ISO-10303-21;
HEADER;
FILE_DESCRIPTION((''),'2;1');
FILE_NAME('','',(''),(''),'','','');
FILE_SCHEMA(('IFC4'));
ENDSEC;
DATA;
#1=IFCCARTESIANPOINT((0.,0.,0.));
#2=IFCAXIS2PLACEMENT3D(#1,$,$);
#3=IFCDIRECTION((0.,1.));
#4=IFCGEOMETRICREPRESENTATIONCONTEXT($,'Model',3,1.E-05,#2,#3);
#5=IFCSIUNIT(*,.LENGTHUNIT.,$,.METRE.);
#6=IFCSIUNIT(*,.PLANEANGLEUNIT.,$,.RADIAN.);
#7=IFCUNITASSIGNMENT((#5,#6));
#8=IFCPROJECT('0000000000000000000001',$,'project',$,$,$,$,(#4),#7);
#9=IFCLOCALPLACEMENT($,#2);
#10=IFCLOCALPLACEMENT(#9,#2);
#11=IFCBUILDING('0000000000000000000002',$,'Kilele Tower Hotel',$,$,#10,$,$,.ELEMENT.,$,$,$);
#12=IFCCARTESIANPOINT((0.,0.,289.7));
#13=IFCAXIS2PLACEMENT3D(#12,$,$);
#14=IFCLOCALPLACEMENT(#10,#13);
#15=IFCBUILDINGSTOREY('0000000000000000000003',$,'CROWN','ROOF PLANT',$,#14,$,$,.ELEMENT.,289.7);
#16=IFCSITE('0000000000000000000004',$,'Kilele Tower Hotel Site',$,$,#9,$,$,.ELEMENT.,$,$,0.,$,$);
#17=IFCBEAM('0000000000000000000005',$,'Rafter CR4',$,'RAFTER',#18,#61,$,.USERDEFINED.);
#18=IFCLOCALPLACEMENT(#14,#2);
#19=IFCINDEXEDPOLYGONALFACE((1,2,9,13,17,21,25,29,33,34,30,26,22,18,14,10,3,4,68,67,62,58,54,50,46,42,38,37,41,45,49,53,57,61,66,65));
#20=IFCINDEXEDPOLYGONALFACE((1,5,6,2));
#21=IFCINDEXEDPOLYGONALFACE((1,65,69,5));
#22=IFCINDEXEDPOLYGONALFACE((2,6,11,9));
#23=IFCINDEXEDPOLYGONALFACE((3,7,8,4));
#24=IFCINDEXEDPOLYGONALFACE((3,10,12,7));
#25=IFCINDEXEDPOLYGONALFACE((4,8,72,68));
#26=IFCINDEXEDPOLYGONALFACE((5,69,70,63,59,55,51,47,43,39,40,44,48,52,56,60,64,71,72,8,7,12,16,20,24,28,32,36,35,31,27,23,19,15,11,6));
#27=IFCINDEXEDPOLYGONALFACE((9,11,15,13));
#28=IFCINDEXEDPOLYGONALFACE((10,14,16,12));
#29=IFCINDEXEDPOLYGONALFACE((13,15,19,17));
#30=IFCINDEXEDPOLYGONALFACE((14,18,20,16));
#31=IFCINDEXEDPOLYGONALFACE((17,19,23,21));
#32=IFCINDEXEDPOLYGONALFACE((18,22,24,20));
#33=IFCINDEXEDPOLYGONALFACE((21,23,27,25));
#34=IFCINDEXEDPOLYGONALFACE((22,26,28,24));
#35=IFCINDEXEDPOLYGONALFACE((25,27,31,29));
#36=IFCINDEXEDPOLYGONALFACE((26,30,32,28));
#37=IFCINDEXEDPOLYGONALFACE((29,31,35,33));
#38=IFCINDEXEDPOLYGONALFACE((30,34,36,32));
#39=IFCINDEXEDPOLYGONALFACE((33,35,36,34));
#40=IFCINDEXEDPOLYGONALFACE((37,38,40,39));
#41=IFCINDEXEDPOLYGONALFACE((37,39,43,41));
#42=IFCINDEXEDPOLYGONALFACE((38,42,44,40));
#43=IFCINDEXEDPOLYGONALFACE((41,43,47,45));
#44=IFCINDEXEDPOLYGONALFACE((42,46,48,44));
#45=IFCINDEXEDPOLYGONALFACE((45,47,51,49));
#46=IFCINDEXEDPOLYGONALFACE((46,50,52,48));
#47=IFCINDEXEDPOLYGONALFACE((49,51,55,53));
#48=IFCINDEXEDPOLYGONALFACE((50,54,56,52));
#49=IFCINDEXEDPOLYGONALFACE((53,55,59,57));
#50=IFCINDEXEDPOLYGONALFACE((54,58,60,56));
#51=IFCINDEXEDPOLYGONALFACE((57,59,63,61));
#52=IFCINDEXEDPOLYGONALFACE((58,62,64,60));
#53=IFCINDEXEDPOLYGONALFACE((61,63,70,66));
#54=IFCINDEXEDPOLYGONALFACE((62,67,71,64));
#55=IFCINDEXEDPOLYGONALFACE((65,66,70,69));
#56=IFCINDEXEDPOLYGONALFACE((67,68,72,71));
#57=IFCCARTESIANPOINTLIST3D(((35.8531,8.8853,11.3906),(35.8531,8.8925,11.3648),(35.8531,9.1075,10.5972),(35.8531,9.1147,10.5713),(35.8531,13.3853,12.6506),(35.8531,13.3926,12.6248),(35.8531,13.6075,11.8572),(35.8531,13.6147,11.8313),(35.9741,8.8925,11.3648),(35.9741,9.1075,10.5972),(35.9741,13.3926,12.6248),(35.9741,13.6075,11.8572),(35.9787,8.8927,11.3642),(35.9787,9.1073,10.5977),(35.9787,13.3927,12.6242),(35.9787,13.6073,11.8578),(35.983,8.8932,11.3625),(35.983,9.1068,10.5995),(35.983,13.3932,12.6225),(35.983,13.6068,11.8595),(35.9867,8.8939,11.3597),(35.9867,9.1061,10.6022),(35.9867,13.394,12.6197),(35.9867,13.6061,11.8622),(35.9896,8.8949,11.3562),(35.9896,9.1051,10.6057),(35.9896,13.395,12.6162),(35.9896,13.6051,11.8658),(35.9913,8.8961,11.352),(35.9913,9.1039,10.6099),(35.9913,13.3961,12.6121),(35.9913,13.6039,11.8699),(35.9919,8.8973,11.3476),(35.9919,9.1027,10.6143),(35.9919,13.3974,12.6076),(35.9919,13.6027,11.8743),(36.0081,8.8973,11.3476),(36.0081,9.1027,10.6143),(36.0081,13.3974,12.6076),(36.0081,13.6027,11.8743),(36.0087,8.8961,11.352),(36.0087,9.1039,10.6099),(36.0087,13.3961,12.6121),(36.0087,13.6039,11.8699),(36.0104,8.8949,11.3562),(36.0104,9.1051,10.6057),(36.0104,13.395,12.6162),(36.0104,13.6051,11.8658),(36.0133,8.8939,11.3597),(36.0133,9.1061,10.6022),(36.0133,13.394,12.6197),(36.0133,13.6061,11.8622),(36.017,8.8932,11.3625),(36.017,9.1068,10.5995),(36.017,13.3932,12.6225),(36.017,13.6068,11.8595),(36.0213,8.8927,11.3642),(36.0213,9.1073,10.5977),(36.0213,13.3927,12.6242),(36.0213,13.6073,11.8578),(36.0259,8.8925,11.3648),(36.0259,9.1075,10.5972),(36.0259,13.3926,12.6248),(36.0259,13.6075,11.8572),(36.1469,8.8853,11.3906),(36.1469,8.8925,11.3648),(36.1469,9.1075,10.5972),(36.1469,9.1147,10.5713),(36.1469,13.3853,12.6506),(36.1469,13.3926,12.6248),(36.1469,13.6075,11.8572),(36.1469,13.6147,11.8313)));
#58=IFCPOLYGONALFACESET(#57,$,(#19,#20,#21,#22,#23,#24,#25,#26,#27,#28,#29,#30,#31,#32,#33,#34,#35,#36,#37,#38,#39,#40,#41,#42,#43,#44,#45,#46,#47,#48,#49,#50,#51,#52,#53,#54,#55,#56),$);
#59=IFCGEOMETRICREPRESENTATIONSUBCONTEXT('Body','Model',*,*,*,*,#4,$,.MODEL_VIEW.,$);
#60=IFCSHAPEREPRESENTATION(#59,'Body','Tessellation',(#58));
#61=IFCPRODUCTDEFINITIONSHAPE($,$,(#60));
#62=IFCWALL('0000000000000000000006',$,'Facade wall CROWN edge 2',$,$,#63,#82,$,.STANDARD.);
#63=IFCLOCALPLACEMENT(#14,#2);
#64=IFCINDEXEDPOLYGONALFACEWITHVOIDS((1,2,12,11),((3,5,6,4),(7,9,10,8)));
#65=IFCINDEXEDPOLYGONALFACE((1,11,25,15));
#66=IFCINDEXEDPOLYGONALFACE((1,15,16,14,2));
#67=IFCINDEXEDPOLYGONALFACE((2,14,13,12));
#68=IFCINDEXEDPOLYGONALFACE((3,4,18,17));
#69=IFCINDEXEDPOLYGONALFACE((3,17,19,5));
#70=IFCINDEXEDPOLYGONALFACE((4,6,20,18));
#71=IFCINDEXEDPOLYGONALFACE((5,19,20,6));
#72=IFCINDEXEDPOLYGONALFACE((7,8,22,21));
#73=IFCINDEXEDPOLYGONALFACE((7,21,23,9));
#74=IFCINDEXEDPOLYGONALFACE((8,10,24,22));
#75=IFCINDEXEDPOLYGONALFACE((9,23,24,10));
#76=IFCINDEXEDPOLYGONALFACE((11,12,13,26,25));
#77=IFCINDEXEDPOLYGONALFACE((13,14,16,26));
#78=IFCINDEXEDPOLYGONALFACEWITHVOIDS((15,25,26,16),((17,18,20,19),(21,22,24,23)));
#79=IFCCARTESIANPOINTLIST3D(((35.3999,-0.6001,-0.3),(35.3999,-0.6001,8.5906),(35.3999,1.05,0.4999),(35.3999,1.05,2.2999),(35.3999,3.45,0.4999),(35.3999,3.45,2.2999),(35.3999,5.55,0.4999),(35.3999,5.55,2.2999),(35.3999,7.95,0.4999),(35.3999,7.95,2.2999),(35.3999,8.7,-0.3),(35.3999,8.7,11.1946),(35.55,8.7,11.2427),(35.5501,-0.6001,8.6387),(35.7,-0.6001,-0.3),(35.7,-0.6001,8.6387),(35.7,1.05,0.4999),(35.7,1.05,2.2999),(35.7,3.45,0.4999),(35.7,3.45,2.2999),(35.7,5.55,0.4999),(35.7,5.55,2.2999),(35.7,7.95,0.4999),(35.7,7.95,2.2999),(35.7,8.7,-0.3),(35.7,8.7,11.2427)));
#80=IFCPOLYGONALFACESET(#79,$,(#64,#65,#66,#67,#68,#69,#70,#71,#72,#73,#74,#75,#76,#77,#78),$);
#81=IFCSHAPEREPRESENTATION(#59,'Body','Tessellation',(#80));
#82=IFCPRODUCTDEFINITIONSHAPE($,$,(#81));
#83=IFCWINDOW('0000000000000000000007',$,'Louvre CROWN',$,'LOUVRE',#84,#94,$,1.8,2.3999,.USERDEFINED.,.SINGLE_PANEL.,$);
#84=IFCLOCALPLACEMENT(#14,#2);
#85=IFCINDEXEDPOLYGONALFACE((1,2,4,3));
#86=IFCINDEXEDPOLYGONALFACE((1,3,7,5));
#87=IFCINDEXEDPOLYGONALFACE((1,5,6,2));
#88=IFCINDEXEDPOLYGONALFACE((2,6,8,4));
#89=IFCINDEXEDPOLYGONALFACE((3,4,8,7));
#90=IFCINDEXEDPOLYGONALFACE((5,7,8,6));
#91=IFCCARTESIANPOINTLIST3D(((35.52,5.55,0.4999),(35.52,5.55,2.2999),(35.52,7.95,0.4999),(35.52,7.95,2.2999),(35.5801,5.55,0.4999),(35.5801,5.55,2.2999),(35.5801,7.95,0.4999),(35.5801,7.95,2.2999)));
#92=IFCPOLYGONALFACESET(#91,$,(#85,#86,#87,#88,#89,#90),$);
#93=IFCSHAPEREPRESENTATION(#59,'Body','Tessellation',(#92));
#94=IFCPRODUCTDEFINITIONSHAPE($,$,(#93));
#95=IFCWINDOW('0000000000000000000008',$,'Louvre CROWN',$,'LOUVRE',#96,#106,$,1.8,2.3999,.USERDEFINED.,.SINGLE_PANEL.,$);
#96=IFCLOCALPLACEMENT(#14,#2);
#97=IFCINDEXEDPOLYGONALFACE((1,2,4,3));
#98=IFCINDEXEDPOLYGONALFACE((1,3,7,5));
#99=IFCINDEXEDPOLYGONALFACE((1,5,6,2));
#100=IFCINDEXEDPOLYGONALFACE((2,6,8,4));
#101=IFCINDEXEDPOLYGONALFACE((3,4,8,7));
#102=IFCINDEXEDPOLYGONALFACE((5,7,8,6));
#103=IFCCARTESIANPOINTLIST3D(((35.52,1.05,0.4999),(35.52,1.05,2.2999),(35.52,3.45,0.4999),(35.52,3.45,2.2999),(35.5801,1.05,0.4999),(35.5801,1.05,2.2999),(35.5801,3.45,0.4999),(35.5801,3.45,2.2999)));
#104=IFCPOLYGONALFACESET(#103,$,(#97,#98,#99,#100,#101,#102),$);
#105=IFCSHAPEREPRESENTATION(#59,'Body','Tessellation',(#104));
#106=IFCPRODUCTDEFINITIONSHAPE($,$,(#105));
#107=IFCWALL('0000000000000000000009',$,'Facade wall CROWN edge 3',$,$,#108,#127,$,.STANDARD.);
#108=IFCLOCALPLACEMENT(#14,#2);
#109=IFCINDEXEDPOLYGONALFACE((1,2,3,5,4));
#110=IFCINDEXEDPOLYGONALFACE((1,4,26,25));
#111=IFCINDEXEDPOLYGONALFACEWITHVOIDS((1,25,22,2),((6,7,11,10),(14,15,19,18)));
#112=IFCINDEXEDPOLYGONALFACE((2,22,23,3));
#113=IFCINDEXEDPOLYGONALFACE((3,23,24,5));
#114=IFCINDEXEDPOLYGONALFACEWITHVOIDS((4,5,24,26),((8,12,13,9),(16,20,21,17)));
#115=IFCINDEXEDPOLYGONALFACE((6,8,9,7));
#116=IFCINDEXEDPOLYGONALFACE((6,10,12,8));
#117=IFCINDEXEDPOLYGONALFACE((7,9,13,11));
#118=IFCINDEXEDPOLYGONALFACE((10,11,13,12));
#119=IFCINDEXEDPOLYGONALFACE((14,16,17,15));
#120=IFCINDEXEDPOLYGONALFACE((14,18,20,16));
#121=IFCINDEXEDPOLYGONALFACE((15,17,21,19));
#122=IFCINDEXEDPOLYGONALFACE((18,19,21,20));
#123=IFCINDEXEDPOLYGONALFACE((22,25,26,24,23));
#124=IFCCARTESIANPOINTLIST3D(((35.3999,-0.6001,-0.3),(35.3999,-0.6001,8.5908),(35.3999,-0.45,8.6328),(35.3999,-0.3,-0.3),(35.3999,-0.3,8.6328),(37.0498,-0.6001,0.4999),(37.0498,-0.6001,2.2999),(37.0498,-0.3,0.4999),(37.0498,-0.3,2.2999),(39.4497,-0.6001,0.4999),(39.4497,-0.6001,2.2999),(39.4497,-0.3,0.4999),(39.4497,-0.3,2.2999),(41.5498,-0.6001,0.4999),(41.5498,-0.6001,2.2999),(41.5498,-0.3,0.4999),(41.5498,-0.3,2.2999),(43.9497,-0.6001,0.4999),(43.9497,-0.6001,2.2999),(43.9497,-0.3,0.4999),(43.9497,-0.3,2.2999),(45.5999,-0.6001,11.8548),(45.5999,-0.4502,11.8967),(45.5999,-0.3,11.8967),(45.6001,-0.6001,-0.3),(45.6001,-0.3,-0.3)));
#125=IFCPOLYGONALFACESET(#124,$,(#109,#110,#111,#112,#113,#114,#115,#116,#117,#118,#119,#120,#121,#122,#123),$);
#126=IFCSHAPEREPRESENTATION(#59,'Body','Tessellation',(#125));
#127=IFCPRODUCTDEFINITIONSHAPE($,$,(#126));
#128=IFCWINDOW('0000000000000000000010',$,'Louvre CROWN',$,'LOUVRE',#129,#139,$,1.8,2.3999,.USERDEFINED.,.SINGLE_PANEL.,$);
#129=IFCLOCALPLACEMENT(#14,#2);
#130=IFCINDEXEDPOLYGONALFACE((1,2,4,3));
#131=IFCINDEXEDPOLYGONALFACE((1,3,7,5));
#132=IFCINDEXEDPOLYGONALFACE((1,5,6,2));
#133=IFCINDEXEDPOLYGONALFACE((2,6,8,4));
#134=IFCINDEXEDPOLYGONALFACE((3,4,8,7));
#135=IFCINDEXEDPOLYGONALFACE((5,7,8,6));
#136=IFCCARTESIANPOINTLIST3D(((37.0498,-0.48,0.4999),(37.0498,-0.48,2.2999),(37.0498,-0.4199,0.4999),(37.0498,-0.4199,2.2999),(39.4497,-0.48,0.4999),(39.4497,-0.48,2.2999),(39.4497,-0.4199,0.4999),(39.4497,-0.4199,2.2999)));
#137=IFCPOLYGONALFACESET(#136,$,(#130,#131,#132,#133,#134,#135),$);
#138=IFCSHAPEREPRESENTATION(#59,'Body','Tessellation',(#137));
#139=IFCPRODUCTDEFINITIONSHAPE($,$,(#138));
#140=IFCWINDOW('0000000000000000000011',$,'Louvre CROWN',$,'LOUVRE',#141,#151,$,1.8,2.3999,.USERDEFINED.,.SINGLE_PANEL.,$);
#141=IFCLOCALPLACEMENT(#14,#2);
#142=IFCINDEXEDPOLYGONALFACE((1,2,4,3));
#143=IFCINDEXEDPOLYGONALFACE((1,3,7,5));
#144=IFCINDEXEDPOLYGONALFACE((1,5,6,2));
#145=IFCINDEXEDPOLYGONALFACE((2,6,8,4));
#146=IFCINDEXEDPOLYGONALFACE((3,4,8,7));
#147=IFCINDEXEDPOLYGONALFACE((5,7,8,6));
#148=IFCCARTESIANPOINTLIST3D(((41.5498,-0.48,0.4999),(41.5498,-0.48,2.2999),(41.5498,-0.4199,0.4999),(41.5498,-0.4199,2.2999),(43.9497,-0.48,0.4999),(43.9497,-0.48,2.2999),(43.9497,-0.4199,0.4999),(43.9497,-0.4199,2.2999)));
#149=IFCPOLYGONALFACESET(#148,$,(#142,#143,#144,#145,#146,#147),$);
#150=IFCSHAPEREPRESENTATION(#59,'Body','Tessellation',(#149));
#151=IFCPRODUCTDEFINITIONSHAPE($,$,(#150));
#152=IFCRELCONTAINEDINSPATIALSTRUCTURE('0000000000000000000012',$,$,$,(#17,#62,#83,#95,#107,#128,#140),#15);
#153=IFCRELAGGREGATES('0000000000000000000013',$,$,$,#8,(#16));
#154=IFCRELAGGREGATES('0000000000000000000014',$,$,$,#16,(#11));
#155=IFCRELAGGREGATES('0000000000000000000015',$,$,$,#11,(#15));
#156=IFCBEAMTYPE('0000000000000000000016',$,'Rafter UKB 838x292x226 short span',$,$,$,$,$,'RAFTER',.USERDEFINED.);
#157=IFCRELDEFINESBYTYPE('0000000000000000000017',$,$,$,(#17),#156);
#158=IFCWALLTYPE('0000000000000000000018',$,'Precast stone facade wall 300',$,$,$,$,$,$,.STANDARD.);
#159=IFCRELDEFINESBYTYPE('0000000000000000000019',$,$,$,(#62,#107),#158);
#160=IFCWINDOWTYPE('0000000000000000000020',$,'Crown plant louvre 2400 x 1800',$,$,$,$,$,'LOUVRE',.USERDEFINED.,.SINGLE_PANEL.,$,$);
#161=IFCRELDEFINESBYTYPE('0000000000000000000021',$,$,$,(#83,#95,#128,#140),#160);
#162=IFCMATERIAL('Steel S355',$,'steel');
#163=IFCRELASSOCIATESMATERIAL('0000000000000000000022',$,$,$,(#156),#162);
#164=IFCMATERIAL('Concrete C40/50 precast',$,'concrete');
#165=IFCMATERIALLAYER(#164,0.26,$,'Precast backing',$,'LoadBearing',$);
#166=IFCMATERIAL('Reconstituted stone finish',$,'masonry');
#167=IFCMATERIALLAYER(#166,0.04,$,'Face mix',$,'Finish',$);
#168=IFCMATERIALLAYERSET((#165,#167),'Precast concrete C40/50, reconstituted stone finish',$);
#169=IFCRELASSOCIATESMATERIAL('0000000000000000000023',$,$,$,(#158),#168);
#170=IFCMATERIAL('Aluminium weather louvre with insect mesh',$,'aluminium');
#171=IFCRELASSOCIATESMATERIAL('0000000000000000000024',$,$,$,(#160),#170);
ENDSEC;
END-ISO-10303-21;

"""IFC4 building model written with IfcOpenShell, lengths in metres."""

from ifc_helpers import new_model, si_unit, direction, frame, frame_2d, origin, origin_2d, place, context, subcontext, project, spatial, polyline, rectangle, i_section, outline, extrude, clip, halfspace, material, layer, layer_set, material_profile, profile_set, type_object, element, fill, save


model = new_model("IFC4")

# Units and contexts
model_context = context("Model", 3, precision=1e-05, world=origin(), true_north=direction((0.0, 1.0)))
body_context = subcontext(model_context, "Body", "Model", "MODEL_VIEW")
ifc_project = project(units=[si_unit("LENGTHUNIT", "METRE"), si_unit("PLANEANGLEUNIT", "RADIAN")], contexts=[model_context])

# Site, building, storey
site_placement = place(None, origin())
site = spatial("IfcSite", under=ifc_project, at=site_placement, Name="Kilele Tower Hotel Site", CompositionType="ELEMENT", RefElevation=0.0)
building_placement = place(site_placement, origin())
building = spatial("IfcBuilding", under=site, at=building_placement, Name="Kilele Tower Hotel", CompositionType="ELEMENT")
storey_placement = place(building_placement, frame((0.0, 0.0, 289.7)))
storey = spatial("IfcBuildingStorey", under=building, at=storey_placement, Name="CROWN", Description="ROOF PLANT", CompositionType="ELEMENT", Elevation=289.7)

# Beam
ifc_material_1 = material(Name="Steel S355", Category="steel")
ifc_material_profile_1 = material_profile(ifc_material_1, i_section(OverallWidth=0.2937, OverallDepth=0.8508, WebThickness=0.0161, FlangeThickness=0.0269, FilletRadius=0.0178, at=origin_2d()))
ifc_profile_set_1 = profile_set([ifc_material_profile_1], Name="Steel S355")
beam_type_1 = type_object("IfcBeamType", Name="Rafter UKB 838x292x226 short span", ElementType="RAFTER", PredefinedType="USERDEFINED", material=ifc_profile_set_1)
for number, where, z_axis, x_axis, name in (
    (1, (36.0, 9.0, 10.981), (0.0, 0.962963, 0.269632), (-1.0, 0.0, 0.0), "Rafter CR4"),
):
    element("IfcBeam", number, at=place(storey_placement, frame(where, z_axis=z_axis, x_axis=x_axis)), inside=storey, type_object=beam_type_1, Name=name, ObjectType="RAFTER", PredefinedType="USERDEFINED", context=body_context, shape_type="SweptSolid", body=[
        extrude(i_section(OverallWidth=0.2937, OverallDepth=0.8508, WebThickness=0.0161, FlangeThickness=0.0269, FilletRadius=0.0178, at=origin_2d()), origin(), (0.0, 0.0, 1.0), 4.6731),
    ])

# Walls, openings, windows
ifc_material_2 = material(Name="Concrete C40/50 precast", Category="concrete")
ifc_layer_1 = layer(ifc_material_2, 0.26, Name="Precast backing", Category="LoadBearing")
ifc_material_3 = material(Name="Reconstituted stone finish", Category="masonry")
ifc_layer_2 = layer(ifc_material_3, 0.04, Name="Face mix", Category="Finish")
ifc_layer_set_1 = layer_set([ifc_layer_1, ifc_layer_2], Name="Precast concrete C40/50, reconstituted stone finish")
wall_type = type_object("IfcWallType", Name="Precast stone facade wall 300", PredefinedType="STANDARD", material=ifc_layer_set_1)
wall_1_placement = place(storey_placement, frame((35.55, 8.7, -0.3), z_axis=(0.0, 0.0, 1.0), x_axis=(0.0, -1.0, 0.0)))
wall_1 = element("IfcWall", 2, at=wall_1_placement, inside=storey, type_object=wall_type, Name="Facade wall CROWN edge 2", PredefinedType="STANDARD", context=body_context, shape_type="Clipping", body=[
    clip(extrude(outline(polyline([(0.0, 0.0), (9.3, 0.0), (9.3, 8.9387), (0.0, 11.5427), (0.0, 0.0)])), frame((0.0, 0.1499, 0.0), z_axis=(0.0, -1.0, 0.0), x_axis=(1.0, 0.0, 0.0)), (0.0, 0.0, 1.0), 0.3), halfspace(frame((0.0, 0.0, 11.5427), z_axis=(0.257674, -0.294484, 0.920263), x_axis=(0.962964, 0.0, -0.26963)), False)),
])
opening_1_placement = place(wall_1_placement, frame((0.75, 0.0, 0.8)))
opening_1 = element("IfcOpeningElement", 3, at=opening_1_placement, cuts=wall_1, PredefinedType="OPENING", context=body_context, shape_type="SweptSolid", body=[
    extrude(rectangle(XDim=2.3999, YDim=1.8, at=frame_2d((1.2, 0.8999))), frame((0.0, 0.1599, 0.0), z_axis=(0.0, -1.0, 0.0), x_axis=(1.0, 0.0, 0.0)), (0.0, 0.0, 1.0), 0.3201),
])
opening_2_placement = place(wall_1_placement, frame((5.25, 0.0, 0.8)))
opening_2 = element("IfcOpeningElement", 4, at=opening_2_placement, cuts=wall_1, PredefinedType="OPENING", context=body_context, shape_type="SweptSolid", body=[
    extrude(rectangle(XDim=2.3999, YDim=1.8, at=frame_2d((1.2, 0.8999))), frame((0.0, 0.1599, 0.0), z_axis=(0.0, -1.0, 0.0), x_axis=(1.0, 0.0, 0.0)), (0.0, 0.0, 1.0), 0.3201),
])
ifc_material_4 = material(Name="Aluminium weather louvre with insect mesh", Category="aluminium")
window_type = type_object("IfcWindowType", Name="Crown plant louvre 2400 x 1800", ElementType="LOUVRE", PartitioningType="SINGLE_PANEL", PredefinedType="USERDEFINED", material=ifc_material_4)
window_1_placement = place(opening_1_placement, origin())
window_1 = element("IfcWindow", 5, at=window_1_placement, inside=storey, type_object=window_type, Name="Louvre CROWN", ObjectType="LOUVRE", OverallHeight=1.8, OverallWidth=2.3999, PartitioningType="SINGLE_PANEL", PredefinedType="USERDEFINED", context=body_context, shape_type="SweptSolid", body=[
    extrude(rectangle(XDim=2.3999, YDim=1.8, at=frame_2d((1.2, 0.8999))), frame((0.0, 0.03, 0.0), z_axis=(0.0, -1.0, 0.0), x_axis=(1.0, 0.0, 0.0)), (0.0, 0.0, 1.0), 0.0601),
])
fill(opening_1, window_1)
window_2_placement = place(opening_2_placement, origin())
window_2 = element("IfcWindow", 6, at=window_2_placement, inside=storey, type_object=window_type, Name="Louvre CROWN", ObjectType="LOUVRE", OverallHeight=1.8, OverallWidth=2.3999, PartitioningType="SINGLE_PANEL", PredefinedType="USERDEFINED", context=body_context, shape_type="SweptSolid", body=[
    extrude(rectangle(XDim=2.3999, YDim=1.8, at=frame_2d((1.2, 0.8999))), frame((0.0, 0.03, 0.0), z_axis=(0.0, -1.0, 0.0), x_axis=(1.0, 0.0, 0.0)), (0.0, 0.0, 1.0), 0.0601),
])
fill(opening_2, window_2)
wall_2_placement = place(storey_placement, frame((35.3999, -0.45, -0.3), z_axis=(0.0, 0.0, 1.0), x_axis=(1.0, 0.0, 0.0)))
wall_2 = element("IfcWall", 7, at=wall_2_placement, inside=storey, type_object=wall_type, Name="Facade wall CROWN edge 3", PredefinedType="STANDARD", context=body_context, shape_type="Clipping", body=[
    clip(extrude(outline(polyline([(0.0, 0.0), (10.2002, 0.0), (10.2, 12.1968), (0.0, 8.9329), (0.0, 0.0)])), frame((0.0, 0.1499, 0.0), z_axis=(0.0, -1.0, 0.0), x_axis=(1.0, 0.0, 0.0)), (0.0, 0.0, 1.0), 0.3), halfspace(frame((0.0, 0.0, 8.9329), z_axis=(-0.294484, -0.257674, 0.920263), x_axis=(0.952424, 0.0, 0.304776)), False)),
])
opening_3_placement = place(wall_2_placement, frame((1.6499, 0.0, 0.8)))
opening_3 = element("IfcOpeningElement", 8, at=opening_3_placement, cuts=wall_2, PredefinedType="OPENING", context=body_context, shape_type="SweptSolid", body=[
    extrude(rectangle(XDim=2.3999, YDim=1.8, at=frame_2d((1.2, 0.8999))), frame((0.0, 0.1599, 0.0), z_axis=(0.0, -1.0, 0.0), x_axis=(1.0, 0.0, 0.0)), (0.0, 0.0, 1.0), 0.3201),
])
opening_4_placement = place(wall_2_placement, frame((6.1499, 0.0, 0.8)))
opening_4 = element("IfcOpeningElement", 9, at=opening_4_placement, cuts=wall_2, PredefinedType="OPENING", context=body_context, shape_type="SweptSolid", body=[
    extrude(rectangle(XDim=2.3999, YDim=1.8, at=frame_2d((1.2, 0.8999))), frame((0.0, 0.1599, 0.0), z_axis=(0.0, -1.0, 0.0), x_axis=(1.0, 0.0, 0.0)), (0.0, 0.0, 1.0), 0.3201),
])
window_3_placement = place(opening_3_placement, origin())
window_3 = element("IfcWindow", 10, at=window_3_placement, inside=storey, type_object=window_type, Name="Louvre CROWN", ObjectType="LOUVRE", OverallHeight=1.8, OverallWidth=2.3999, PartitioningType="SINGLE_PANEL", PredefinedType="USERDEFINED", context=body_context, shape_type="SweptSolid", body=[
    extrude(rectangle(XDim=2.3999, YDim=1.8, at=frame_2d((1.2, 0.8999))), frame((0.0, 0.03, 0.0), z_axis=(0.0, -1.0, 0.0), x_axis=(1.0, 0.0, 0.0)), (0.0, 0.0, 1.0), 0.0601),
])
fill(opening_3, window_3)
window_4_placement = place(opening_4_placement, origin())
window_4 = element("IfcWindow", 11, at=window_4_placement, inside=storey, type_object=window_type, Name="Louvre CROWN", ObjectType="LOUVRE", OverallHeight=1.8, OverallWidth=2.3999, PartitioningType="SINGLE_PANEL", PredefinedType="USERDEFINED", context=body_context, shape_type="SweptSolid", body=[
    extrude(rectangle(XDim=2.3999, YDim=1.8, at=frame_2d((1.2, 0.8999))), frame((0.0, 0.03, 0.0), z_axis=(0.0, -1.0, 0.0), x_axis=(1.0, 0.0, 0.0)), (0.0, 0.0, 1.0), 0.0601),
])
fill(opening_4, window_4)

save(model, "model.ifc")
